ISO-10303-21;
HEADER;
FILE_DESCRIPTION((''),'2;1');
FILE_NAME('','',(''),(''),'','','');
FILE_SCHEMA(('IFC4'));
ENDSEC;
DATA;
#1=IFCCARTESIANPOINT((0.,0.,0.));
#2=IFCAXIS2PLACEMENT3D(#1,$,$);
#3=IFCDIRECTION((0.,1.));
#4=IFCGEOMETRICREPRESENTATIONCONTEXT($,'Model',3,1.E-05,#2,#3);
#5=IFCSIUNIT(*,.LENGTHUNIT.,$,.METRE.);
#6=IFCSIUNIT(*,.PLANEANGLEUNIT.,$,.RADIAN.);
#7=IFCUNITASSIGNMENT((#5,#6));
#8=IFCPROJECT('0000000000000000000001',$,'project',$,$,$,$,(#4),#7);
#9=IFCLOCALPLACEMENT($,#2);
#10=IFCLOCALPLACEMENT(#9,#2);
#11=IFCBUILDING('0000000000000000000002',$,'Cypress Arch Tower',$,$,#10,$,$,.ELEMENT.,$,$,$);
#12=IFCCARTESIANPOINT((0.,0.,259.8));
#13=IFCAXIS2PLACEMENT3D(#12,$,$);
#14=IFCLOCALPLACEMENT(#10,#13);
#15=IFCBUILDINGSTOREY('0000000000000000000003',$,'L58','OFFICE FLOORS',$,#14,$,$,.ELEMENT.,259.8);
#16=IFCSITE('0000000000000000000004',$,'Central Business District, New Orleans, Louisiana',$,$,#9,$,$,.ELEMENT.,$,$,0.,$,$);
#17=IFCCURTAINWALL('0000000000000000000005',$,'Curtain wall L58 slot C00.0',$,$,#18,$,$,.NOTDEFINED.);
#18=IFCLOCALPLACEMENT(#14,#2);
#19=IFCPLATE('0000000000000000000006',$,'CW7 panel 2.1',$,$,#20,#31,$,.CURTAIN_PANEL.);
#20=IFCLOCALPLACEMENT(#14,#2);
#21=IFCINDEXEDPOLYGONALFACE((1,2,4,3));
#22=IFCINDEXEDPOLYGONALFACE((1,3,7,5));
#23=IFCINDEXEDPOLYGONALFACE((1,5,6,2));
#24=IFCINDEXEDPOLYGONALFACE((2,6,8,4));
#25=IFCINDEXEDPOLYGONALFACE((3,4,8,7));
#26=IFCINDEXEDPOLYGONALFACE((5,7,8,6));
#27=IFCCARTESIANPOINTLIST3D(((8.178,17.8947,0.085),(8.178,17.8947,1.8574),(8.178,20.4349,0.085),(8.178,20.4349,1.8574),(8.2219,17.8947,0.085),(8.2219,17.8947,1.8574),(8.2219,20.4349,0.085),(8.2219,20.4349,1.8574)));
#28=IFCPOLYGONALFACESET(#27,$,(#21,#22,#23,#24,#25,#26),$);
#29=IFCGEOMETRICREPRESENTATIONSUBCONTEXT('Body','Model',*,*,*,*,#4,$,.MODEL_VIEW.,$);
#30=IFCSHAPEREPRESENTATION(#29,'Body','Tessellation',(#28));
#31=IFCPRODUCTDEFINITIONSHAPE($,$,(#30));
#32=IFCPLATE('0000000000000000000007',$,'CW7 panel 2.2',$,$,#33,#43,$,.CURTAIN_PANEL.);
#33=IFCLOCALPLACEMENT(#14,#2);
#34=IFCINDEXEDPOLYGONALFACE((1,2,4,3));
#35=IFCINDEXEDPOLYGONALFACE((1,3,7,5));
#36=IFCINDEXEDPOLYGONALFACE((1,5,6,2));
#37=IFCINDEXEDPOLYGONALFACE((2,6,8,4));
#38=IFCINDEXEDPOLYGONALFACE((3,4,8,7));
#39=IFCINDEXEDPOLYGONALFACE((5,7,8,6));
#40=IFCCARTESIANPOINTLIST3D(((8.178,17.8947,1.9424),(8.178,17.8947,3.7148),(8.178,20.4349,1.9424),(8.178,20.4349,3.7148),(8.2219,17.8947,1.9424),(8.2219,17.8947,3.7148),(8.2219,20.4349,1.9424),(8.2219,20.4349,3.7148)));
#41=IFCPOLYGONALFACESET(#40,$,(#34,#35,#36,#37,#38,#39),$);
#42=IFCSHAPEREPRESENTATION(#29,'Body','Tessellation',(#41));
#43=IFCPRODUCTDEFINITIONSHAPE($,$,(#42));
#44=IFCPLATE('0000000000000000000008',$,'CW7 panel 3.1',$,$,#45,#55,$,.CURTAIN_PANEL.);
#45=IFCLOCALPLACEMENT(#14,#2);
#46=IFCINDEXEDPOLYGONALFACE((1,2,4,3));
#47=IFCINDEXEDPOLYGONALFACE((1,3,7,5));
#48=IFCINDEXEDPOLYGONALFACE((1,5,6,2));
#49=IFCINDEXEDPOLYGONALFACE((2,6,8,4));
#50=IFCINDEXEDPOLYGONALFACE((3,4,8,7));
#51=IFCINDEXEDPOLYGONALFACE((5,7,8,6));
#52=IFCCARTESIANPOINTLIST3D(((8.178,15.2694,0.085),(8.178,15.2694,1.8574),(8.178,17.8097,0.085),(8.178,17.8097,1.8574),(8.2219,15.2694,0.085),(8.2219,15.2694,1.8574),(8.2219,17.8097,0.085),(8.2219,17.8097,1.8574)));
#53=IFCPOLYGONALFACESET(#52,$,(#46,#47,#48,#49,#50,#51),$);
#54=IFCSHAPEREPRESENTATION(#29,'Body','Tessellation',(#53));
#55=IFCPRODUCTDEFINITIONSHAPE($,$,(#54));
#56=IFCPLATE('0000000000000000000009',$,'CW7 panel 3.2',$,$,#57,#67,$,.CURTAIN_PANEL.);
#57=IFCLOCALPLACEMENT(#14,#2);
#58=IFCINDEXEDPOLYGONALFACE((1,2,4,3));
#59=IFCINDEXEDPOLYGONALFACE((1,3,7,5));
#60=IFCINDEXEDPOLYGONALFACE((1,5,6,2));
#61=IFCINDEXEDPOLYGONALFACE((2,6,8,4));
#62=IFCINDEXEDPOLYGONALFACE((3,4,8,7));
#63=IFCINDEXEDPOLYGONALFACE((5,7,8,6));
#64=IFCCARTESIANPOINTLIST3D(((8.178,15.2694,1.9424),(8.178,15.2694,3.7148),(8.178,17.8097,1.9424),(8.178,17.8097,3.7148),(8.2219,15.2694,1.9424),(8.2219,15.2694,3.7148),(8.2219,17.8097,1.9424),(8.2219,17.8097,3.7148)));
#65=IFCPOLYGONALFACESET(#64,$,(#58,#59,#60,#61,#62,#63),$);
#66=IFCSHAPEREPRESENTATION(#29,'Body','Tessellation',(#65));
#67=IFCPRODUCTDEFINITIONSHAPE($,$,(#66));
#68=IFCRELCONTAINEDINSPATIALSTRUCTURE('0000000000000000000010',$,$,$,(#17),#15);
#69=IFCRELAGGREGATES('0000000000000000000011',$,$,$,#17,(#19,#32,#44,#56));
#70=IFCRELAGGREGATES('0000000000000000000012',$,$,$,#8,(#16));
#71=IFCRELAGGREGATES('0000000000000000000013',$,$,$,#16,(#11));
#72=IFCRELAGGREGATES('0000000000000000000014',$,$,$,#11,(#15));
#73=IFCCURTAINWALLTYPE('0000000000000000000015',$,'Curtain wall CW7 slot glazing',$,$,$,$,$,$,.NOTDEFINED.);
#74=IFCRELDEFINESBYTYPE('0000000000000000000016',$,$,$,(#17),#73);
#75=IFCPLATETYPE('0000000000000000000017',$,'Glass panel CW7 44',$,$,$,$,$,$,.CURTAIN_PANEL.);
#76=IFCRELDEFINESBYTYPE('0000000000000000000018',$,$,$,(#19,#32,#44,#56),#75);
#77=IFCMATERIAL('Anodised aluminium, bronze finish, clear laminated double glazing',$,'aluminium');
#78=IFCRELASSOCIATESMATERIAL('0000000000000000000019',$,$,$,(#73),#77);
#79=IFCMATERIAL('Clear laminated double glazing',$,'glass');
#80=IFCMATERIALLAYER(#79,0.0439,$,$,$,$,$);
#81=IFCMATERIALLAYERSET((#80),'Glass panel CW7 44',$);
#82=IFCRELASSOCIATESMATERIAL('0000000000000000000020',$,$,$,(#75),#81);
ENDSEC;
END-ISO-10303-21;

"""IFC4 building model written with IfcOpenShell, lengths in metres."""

from ifc_helpers import new_model, si_unit, direction, frame, origin, origin_2d, place, context, subcontext, project, spatial, rectangle, extrude, material, layer, layer_set, type_object, element, aggregate, save


model = new_model("IFC4")

# Units and contexts
model_context = context("Model", 3, precision=1e-05, world=origin(), true_north=direction((0.0, 1.0)))
body_context = subcontext(model_context, "Body", "Model", "MODEL_VIEW")
ifc_project = project(units=[si_unit("LENGTHUNIT", "METRE"), si_unit("PLANEANGLEUNIT", "RADIAN")], contexts=[model_context])

# Site, building, storey
site_placement = place(None, origin())
site = spatial("IfcSite", under=ifc_project, at=site_placement, Name="Central Business District, New Orleans, Louisiana", CompositionType="ELEMENT", RefElevation=0.0)
building_placement = place(site_placement, origin())
building = spatial("IfcBuilding", under=site, at=building_placement, Name="Cypress Arch Tower", CompositionType="ELEMENT")
storey_placement = place(building_placement, frame((0.0, 0.0, 259.8)))
storey = spatial("IfcBuildingStorey", under=building, at=storey_placement, Name="L58", Description="OFFICE FLOORS", CompositionType="ELEMENT", Elevation=259.8)

# Curtain wall, plates
ifc_material_1 = material(Name="Anodised aluminium, bronze finish, clear laminated double glazing", Category="aluminium")
curtain_wall_type = type_object("IfcCurtainWallType", Name="Curtain wall CW7 slot glazing", PredefinedType="NOTDEFINED", material=ifc_material_1)
curtain_wall_placement = place(storey_placement, origin())
curtain_wall = element("IfcCurtainWall", 1, at=curtain_wall_placement, inside=storey, type_object=curtain_wall_type, Name="Curtain wall L58 slot C00.0", PredefinedType="NOTDEFINED")
ifc_material_2 = material(Name="Clear laminated double glazing", Category="glass")
ifc_layer = layer(ifc_material_2, 0.0439)
ifc_layer_set = layer_set([ifc_layer], Name="Glass panel CW7 44")
plate_type = type_object("IfcPlateType", Name="Glass panel CW7 44", PredefinedType="CURTAIN_PANEL", material=ifc_layer_set)
plate_1_placement = place(storey_placement, frame((8.2, 19.1648, 0.085), z_axis=(0.0, 0.0, 1.0), x_axis=(0.0, -1.0, 0.0)))
plate_1 = element("IfcPlate", 2, at=plate_1_placement, type_object=plate_type, Name="CW7 panel 2.1", PredefinedType="CURTAIN_PANEL", context=body_context, shape_type="SweptSolid", body=[
    extrude(rectangle(XDim=2.5403, YDim=0.0439, at=origin_2d()), origin(), (0.0, 0.0, 1.0), 1.7725),
])
plate_2_placement = place(storey_placement, frame((8.2, 19.1648, 1.9424), z_axis=(0.0, 0.0, 1.0), x_axis=(0.0, -1.0, 0.0)))
plate_2 = element("IfcPlate", 3, at=plate_2_placement, type_object=plate_type, Name="CW7 panel 2.2", PredefinedType="CURTAIN_PANEL", context=body_context, shape_type="SweptSolid", body=[
    extrude(rectangle(XDim=2.5403, YDim=0.0439, at=origin_2d()), origin(), (0.0, 0.0, 1.0), 1.7725),
])
plate_3_placement = place(storey_placement, frame((8.2, 16.5396, 0.085), z_axis=(0.0, 0.0, 1.0), x_axis=(0.0, -1.0, 0.0)))
plate_3 = element("IfcPlate", 4, at=plate_3_placement, type_object=plate_type, Name="CW7 panel 3.1", PredefinedType="CURTAIN_PANEL", context=body_context, shape_type="SweptSolid", body=[
    extrude(rectangle(XDim=2.5403, YDim=0.0439, at=origin_2d()), origin(), (0.0, 0.0, 1.0), 1.7725),
])
plate_4_placement = place(storey_placement, frame((8.2, 16.5396, 1.9424), z_axis=(0.0, 0.0, 1.0), x_axis=(0.0, -1.0, 0.0)))
plate_4 = element("IfcPlate", 5, at=plate_4_placement, type_object=plate_type, Name="CW7 panel 3.2", PredefinedType="CURTAIN_PANEL", context=body_context, shape_type="SweptSolid", body=[
    extrude(rectangle(XDim=2.5403, YDim=0.0439, at=origin_2d()), origin(), (0.0, 0.0, 1.0), 1.7725),
])
aggregate(curtain_wall, [plate_1, plate_2, plate_3, plate_4])

save(model, "model.ifc")
